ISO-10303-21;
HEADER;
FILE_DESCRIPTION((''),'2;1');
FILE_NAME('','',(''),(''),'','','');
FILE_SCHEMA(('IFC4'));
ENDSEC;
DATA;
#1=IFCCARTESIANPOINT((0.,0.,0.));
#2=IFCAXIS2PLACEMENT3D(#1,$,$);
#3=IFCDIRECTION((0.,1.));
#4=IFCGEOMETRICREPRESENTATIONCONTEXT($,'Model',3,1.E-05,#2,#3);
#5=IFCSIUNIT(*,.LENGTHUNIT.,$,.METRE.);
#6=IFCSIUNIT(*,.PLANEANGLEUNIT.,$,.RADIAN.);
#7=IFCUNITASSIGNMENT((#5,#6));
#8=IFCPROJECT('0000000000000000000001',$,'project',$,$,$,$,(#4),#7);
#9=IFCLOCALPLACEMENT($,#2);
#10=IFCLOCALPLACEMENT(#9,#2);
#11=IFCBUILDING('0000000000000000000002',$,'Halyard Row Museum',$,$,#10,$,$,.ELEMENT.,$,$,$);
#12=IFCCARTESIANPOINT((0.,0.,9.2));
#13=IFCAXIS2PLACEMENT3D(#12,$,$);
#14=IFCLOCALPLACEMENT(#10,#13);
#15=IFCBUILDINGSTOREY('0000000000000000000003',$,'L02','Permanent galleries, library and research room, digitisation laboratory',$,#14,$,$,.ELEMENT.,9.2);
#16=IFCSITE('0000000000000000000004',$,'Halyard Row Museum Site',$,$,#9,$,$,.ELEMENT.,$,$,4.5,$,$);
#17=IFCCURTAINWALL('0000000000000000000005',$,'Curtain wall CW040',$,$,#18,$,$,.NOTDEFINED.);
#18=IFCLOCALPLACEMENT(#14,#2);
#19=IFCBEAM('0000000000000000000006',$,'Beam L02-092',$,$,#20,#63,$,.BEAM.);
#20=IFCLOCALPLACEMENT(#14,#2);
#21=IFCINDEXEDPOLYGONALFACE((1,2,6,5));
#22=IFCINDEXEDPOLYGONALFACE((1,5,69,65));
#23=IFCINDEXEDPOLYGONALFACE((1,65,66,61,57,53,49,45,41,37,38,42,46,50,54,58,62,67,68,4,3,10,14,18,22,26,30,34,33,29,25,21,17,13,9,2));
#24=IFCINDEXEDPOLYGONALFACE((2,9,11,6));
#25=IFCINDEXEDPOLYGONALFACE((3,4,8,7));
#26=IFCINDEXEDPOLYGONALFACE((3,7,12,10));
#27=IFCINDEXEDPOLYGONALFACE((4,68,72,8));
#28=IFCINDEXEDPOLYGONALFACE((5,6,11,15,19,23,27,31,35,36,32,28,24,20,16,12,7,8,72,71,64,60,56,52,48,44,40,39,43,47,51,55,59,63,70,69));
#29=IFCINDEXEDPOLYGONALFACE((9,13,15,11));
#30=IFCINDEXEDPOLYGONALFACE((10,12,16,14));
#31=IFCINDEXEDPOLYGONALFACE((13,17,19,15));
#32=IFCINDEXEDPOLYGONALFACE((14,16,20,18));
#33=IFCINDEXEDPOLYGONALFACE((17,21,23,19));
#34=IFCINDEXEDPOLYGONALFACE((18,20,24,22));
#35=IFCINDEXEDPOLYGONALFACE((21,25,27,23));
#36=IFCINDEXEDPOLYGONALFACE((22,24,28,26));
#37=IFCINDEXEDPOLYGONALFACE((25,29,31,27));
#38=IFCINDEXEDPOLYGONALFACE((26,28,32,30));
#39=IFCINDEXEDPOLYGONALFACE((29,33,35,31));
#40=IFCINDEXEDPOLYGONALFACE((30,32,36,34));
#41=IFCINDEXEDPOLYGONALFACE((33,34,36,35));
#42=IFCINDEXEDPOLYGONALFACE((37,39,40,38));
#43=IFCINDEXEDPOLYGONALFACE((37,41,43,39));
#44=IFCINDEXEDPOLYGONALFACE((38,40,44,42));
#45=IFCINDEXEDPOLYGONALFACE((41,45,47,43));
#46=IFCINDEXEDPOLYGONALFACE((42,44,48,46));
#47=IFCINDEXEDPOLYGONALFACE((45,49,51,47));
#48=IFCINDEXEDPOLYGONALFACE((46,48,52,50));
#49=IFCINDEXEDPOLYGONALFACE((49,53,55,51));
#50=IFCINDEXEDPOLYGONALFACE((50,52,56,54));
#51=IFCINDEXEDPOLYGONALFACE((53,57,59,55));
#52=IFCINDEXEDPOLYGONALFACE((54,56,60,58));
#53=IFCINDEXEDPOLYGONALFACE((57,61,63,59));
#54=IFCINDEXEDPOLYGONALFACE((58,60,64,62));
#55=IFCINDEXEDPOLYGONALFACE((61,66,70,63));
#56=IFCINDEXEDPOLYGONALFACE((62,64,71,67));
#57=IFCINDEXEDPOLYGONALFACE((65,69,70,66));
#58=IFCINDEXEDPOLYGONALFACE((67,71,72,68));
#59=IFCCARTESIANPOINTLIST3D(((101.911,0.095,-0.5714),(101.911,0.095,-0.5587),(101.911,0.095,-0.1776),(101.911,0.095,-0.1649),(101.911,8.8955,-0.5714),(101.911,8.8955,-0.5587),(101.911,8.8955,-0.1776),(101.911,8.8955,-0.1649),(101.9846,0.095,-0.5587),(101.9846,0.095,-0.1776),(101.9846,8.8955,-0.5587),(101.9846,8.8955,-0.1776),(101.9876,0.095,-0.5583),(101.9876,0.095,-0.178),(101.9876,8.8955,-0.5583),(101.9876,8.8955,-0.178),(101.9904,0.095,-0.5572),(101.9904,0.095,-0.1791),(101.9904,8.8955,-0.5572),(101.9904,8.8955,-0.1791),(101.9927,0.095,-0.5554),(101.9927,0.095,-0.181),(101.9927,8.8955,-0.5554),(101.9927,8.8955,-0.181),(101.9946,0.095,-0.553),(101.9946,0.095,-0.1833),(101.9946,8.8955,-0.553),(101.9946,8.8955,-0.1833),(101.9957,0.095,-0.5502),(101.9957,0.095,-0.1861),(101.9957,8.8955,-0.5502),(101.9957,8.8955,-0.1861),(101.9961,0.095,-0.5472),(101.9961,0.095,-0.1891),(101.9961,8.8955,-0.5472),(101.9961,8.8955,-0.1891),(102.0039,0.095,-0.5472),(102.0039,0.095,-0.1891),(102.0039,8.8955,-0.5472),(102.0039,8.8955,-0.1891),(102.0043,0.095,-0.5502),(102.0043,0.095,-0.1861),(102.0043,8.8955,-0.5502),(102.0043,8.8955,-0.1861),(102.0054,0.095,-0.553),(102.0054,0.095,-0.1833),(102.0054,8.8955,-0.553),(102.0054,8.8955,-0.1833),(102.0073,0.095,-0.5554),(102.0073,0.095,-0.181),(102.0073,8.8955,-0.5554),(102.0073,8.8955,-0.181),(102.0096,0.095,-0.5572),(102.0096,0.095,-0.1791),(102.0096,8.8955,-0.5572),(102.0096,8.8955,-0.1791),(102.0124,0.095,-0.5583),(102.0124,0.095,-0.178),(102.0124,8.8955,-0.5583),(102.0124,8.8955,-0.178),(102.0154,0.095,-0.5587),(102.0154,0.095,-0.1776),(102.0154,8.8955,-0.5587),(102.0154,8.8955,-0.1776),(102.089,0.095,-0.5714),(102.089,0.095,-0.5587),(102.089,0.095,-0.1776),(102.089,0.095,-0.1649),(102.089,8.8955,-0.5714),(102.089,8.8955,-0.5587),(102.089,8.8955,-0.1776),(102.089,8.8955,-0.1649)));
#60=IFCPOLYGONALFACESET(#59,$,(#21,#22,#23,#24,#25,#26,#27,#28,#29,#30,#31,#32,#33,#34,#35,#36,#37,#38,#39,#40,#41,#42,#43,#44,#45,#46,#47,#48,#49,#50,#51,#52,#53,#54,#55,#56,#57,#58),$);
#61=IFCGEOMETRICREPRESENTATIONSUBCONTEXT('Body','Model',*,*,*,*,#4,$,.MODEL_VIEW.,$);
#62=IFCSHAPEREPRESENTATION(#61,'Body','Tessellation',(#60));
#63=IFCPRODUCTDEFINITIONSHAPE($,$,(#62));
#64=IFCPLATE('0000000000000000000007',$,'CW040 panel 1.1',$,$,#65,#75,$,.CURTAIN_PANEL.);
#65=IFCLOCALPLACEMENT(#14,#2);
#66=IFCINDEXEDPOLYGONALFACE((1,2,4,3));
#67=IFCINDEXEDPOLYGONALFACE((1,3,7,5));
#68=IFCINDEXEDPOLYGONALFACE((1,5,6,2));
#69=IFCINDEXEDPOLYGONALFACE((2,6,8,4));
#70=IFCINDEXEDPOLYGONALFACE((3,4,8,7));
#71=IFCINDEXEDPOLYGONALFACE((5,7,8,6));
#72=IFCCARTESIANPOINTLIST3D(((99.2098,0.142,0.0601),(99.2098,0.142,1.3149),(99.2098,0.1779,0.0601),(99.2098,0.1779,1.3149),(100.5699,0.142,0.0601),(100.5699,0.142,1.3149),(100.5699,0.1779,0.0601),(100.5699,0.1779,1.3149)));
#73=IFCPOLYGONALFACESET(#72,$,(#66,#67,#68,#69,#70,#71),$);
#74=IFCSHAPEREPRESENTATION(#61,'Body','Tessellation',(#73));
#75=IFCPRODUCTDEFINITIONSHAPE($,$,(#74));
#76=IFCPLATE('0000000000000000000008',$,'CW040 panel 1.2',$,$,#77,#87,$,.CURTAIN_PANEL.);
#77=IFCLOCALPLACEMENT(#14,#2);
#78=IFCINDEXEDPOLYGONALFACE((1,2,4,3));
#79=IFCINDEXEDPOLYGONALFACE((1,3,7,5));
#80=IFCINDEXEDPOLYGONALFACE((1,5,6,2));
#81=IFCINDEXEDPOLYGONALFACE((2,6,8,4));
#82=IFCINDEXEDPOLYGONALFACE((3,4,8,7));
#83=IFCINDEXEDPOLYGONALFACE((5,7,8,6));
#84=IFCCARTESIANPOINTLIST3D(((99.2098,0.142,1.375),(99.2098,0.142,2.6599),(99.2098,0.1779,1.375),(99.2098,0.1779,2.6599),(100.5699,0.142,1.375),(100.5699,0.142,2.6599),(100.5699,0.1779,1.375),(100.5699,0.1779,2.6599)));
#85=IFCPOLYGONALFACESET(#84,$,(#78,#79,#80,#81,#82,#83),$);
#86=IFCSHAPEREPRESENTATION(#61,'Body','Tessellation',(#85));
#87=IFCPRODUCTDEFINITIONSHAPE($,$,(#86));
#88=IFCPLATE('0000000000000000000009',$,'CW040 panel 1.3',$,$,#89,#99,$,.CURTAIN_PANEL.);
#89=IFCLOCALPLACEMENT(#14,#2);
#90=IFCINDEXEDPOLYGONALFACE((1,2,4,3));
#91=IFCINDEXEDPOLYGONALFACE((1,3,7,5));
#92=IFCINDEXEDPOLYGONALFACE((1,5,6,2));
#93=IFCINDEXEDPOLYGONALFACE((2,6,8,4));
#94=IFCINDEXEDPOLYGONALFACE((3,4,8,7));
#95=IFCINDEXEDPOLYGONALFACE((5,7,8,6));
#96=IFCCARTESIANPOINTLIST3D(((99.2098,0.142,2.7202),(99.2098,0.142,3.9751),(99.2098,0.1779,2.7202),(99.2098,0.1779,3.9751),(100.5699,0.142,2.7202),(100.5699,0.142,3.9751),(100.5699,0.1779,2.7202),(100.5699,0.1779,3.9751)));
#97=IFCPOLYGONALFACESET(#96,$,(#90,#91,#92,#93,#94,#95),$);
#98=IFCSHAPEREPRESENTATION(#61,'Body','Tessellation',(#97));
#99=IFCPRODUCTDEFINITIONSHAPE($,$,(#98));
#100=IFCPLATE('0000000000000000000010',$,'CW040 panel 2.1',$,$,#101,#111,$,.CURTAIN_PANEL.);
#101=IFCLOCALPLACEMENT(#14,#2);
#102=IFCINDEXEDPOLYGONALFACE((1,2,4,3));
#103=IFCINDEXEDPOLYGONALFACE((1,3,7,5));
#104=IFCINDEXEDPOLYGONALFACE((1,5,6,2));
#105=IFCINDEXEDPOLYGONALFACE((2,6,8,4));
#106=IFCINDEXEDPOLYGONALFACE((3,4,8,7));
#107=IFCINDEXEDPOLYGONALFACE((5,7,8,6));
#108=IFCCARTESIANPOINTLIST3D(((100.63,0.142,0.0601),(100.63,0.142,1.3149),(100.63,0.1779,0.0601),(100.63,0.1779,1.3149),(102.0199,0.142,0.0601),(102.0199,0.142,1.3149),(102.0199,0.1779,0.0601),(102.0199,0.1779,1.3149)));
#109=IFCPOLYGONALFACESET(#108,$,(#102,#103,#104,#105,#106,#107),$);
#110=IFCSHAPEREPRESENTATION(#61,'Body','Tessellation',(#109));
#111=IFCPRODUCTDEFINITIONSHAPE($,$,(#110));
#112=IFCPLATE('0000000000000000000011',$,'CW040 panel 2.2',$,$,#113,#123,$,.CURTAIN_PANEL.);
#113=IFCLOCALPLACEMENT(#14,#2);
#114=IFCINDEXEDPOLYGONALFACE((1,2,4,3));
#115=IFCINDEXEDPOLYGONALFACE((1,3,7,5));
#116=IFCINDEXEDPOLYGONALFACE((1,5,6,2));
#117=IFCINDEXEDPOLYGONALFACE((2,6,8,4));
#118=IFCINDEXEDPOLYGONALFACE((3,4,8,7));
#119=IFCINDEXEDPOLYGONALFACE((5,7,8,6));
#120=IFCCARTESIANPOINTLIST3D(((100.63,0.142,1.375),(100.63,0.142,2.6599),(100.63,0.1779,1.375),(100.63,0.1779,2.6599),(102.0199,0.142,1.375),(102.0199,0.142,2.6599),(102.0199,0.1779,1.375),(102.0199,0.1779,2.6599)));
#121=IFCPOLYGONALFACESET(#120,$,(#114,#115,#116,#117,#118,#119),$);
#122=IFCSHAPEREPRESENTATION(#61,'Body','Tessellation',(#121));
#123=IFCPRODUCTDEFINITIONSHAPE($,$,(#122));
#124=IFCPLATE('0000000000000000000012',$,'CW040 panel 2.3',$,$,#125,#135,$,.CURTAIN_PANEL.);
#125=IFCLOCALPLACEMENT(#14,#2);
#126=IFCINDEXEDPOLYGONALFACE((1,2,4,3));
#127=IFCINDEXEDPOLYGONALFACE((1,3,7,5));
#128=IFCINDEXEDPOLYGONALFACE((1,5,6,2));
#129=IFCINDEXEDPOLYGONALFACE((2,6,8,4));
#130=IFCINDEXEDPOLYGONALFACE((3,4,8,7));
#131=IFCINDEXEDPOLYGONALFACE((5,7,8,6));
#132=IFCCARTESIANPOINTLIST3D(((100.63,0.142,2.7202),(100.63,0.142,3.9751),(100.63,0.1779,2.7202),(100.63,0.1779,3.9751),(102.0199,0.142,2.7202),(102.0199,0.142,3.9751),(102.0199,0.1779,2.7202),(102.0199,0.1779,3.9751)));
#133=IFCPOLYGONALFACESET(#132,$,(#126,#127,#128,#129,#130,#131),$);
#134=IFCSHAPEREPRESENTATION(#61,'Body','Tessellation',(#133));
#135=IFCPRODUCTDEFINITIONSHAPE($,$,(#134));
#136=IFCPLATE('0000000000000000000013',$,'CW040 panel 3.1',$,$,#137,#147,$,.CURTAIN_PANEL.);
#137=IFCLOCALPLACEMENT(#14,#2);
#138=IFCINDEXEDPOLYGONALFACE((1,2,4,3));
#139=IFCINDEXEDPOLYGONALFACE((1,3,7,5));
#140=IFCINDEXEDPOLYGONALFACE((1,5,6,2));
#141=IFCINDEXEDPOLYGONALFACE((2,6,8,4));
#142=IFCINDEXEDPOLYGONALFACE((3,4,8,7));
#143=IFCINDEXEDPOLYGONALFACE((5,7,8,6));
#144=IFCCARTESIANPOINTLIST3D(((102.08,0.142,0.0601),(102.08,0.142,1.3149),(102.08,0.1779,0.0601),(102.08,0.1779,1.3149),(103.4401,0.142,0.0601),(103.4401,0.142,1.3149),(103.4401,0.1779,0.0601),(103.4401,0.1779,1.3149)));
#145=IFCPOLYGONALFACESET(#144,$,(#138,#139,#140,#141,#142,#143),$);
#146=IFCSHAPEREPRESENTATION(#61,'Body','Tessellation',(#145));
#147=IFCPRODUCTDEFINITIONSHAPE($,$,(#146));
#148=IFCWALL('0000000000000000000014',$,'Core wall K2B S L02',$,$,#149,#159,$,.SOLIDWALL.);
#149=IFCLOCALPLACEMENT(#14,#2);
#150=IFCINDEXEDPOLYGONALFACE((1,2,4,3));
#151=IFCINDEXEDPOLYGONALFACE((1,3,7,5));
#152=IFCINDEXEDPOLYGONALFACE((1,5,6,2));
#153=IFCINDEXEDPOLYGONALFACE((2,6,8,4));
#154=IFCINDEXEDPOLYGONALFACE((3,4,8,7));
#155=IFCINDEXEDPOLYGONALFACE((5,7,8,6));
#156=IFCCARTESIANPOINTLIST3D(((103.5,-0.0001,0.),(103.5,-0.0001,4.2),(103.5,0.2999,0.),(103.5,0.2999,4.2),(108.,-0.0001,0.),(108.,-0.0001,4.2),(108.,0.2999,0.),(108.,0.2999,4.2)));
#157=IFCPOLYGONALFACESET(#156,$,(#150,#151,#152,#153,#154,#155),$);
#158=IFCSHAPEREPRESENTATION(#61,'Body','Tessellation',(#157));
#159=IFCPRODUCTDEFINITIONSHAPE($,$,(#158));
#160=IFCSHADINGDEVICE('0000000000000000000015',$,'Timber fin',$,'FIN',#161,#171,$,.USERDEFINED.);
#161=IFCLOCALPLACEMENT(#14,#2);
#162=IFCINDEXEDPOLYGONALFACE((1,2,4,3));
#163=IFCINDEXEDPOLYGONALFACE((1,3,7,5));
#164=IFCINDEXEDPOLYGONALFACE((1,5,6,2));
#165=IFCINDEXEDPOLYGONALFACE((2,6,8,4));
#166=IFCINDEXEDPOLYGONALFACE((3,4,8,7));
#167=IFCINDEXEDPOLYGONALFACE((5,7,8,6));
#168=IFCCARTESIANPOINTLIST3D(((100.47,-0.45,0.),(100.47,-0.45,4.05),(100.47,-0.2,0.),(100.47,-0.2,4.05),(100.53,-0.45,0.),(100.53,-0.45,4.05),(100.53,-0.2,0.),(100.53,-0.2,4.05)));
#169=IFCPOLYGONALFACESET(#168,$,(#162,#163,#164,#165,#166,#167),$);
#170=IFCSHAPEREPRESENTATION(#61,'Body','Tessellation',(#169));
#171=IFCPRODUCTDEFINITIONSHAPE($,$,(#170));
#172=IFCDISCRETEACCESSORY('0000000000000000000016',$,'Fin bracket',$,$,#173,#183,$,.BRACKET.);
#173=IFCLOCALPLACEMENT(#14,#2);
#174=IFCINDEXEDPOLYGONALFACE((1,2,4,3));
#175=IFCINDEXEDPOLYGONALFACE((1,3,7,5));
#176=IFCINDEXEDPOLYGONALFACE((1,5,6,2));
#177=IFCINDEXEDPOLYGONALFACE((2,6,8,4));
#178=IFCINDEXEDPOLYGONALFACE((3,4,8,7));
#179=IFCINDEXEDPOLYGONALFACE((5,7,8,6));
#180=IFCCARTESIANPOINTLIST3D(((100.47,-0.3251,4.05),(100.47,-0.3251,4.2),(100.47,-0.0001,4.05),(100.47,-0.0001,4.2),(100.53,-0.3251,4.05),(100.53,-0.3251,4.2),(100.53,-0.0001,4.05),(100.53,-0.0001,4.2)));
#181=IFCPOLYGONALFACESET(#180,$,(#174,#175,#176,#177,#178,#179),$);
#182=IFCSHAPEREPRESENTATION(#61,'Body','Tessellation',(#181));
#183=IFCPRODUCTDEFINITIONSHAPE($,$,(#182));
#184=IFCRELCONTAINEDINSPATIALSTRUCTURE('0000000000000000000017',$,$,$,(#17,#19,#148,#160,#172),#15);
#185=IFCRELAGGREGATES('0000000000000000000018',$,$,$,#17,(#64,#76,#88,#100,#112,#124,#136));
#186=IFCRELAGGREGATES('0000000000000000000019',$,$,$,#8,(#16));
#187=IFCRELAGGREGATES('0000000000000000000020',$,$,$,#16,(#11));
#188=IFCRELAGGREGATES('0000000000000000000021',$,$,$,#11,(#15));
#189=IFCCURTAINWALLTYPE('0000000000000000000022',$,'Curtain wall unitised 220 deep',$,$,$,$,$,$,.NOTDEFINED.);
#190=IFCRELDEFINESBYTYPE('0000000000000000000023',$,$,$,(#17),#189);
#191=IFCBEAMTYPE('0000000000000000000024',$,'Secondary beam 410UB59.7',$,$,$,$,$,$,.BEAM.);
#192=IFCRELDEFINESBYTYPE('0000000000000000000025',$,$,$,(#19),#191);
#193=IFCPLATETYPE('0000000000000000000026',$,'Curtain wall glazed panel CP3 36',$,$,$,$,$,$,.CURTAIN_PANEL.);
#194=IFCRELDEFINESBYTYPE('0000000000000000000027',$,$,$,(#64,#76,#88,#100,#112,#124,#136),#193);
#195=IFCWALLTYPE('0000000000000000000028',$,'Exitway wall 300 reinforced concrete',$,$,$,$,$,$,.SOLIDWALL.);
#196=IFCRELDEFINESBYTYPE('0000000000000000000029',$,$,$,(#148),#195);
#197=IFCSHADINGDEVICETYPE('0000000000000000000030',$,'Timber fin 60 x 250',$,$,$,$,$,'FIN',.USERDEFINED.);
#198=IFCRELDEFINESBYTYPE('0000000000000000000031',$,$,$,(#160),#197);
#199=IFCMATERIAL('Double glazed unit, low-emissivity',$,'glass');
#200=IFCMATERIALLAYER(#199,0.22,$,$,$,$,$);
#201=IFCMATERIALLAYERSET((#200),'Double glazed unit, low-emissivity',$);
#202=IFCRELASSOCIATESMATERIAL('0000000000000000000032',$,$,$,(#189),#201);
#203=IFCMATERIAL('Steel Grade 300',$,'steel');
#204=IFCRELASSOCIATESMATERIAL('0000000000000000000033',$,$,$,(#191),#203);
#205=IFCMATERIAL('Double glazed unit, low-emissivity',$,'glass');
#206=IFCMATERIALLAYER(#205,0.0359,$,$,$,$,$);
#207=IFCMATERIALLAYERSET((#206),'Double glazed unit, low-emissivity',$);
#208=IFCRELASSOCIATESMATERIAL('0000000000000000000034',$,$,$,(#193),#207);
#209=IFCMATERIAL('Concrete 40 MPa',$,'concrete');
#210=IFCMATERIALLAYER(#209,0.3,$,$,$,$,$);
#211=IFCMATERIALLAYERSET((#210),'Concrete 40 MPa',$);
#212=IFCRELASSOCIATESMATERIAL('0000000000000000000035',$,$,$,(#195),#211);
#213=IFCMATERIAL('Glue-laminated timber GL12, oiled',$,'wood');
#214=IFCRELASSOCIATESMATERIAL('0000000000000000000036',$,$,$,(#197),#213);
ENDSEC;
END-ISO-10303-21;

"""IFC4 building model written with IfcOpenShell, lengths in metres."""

from ifc_helpers import new_model, si_unit, direction, frame, frame_2d, origin, origin_2d, place, context, subcontext, project, spatial, rectangle, i_section, extrude, material, layer, layer_set, material_profile, profile_set, type_object, element, aggregate, save


model = new_model("IFC4")

# Units and contexts
model_context = context("Model", 3, precision=1e-05, world=origin(), true_north=direction((0.0, 1.0)))
body_context = subcontext(model_context, "Body", "Model", "MODEL_VIEW")
ifc_project = project(units=[si_unit("LENGTHUNIT", "METRE"), si_unit("PLANEANGLEUNIT", "RADIAN")], contexts=[model_context])

# Site, building, storey
site_placement = place(None, origin())
site = spatial("IfcSite", under=ifc_project, at=site_placement, Name="Halyard Row Museum Site", CompositionType="ELEMENT", RefElevation=4.5)
building_placement = place(site_placement, origin())
building = spatial("IfcBuilding", under=site, at=building_placement, Name="Halyard Row Museum", CompositionType="ELEMENT")
storey_placement = place(building_placement, frame((0.0, 0.0, 9.2)))
storey = spatial("IfcBuildingStorey", under=building, at=storey_placement, Name="L02", Description="Permanent galleries, library and research room, digitisation laboratory", CompositionType="ELEMENT", Elevation=9.2)

# Curtain wall
ifc_material_1 = material(Name="Double glazed unit, low-emissivity", Category="glass")
ifc_layer_1 = layer(ifc_material_1, 0.22)
ifc_layer_set_1 = layer_set([ifc_layer_1], Name="Double glazed unit, low-emissivity")
curtain_wall_type = type_object("IfcCurtainWallType", Name="Curtain wall unitised 220 deep", PredefinedType="NOTDEFINED", material=ifc_layer_set_1)
curtain_wall_placement = place(storey_placement, origin())
curtain_wall = element("IfcCurtainWall", 1, at=curtain_wall_placement, inside=storey, type_object=curtain_wall_type, Name="Curtain wall CW040", PredefinedType="NOTDEFINED")

# Beam
ifc_material_2 = material(Name="Steel Grade 300", Category="steel")
ifc_material_profile_1 = material_profile(ifc_material_2, i_section(OverallWidth=0.178, OverallDepth=0.4065, WebThickness=0.0078, FlangeThickness=0.0127, FilletRadius=0.0115, at=origin_2d()), Name="410UB59.7")
ifc_profile_set_1 = profile_set([ifc_material_profile_1], Name="Steel Grade 300")
beam_type = type_object("IfcBeamType", Name="Secondary beam 410UB59.7", PredefinedType="BEAM", material=ifc_profile_set_1)
beam_placement = place(storey_placement, frame((102.0, 0.095, -0.3682), z_axis=(0.0, 1.0, 0.0), x_axis=(-1.0, 0.0, 0.0)))
element("IfcBeam", 2, at=beam_placement, inside=storey, type_object=beam_type, Name="Beam L02-092", PredefinedType="BEAM", context=body_context, shape_type="SweptSolid", body=[
    extrude(i_section(OverallWidth=0.178, OverallDepth=0.4065, WebThickness=0.0078, FlangeThickness=0.0127, FilletRadius=0.0115, at=origin_2d()), origin(), (0.0, 0.0, 1.0), 8.8005),
])

# Plates
ifc_material_3 = material(Name="Double glazed unit, low-emissivity", Category="glass")
ifc_layer_2 = layer(ifc_material_3, 0.0359)
ifc_layer_set_2 = layer_set([ifc_layer_2], Name="Double glazed unit, low-emissivity")
plate_type = type_object("IfcPlateType", Name="Curtain wall glazed panel CP3 36", PredefinedType="CURTAIN_PANEL", material=ifc_layer_set_2)
plate_1_placement = place(storey_placement, frame((99.8899, 0.1599, 0.0601), z_axis=(0.0, 0.0, 1.0), x_axis=(1.0, 0.0, 0.0)))
plate_1 = element("IfcPlate", 3, at=plate_1_placement, type_object=plate_type, Name="CW040 panel 1.1", PredefinedType="CURTAIN_PANEL", context=body_context, shape_type="SweptSolid", body=[
    extrude(rectangle(XDim=1.3601, YDim=0.0359, at=origin_2d()), origin(), (0.0, 0.0, 1.0), 1.2549),
])
plate_2_placement = place(storey_placement, frame((99.8899, 0.1599, 1.375), z_axis=(0.0, 0.0, 1.0), x_axis=(1.0, 0.0, 0.0)))
plate_2 = element("IfcPlate", 4, at=plate_2_placement, type_object=plate_type, Name="CW040 panel 1.2", PredefinedType="CURTAIN_PANEL", context=body_context, shape_type="SweptSolid", body=[
    extrude(rectangle(XDim=1.3601, YDim=0.0359, at=origin_2d()), origin(), (0.0, 0.0, 1.0), 1.2849),
])
plate_3_placement = place(storey_placement, frame((99.8899, 0.1599, 2.7202), z_axis=(0.0, 0.0, 1.0), x_axis=(1.0, 0.0, 0.0)))
plate_3 = element("IfcPlate", 5, at=plate_3_placement, type_object=plate_type, Name="CW040 panel 1.3", PredefinedType="CURTAIN_PANEL", context=body_context, shape_type="SweptSolid", body=[
    extrude(rectangle(XDim=1.3601, YDim=0.0359, at=origin_2d()), origin(), (0.0, 0.0, 1.0), 1.2549),
])
plate_4_placement = place(storey_placement, frame((101.325, 0.1599, 0.0601), z_axis=(0.0, 0.0, 1.0), x_axis=(1.0, 0.0, 0.0)))
plate_4 = element("IfcPlate", 6, at=plate_4_placement, type_object=plate_type, Name="CW040 panel 2.1", PredefinedType="CURTAIN_PANEL", context=body_context, shape_type="SweptSolid", body=[
    extrude(rectangle(XDim=1.3899, YDim=0.0359, at=origin_2d()), origin(), (0.0, 0.0, 1.0), 1.2549),
])
plate_5_placement = place(storey_placement, frame((101.325, 0.1599, 1.375), z_axis=(0.0, 0.0, 1.0), x_axis=(1.0, 0.0, 0.0)))
plate_5 = element("IfcPlate", 7, at=plate_5_placement, type_object=plate_type, Name="CW040 panel 2.2", PredefinedType="CURTAIN_PANEL", context=body_context, shape_type="SweptSolid", body=[
    extrude(rectangle(XDim=1.3899, YDim=0.0359, at=origin_2d()), origin(), (0.0, 0.0, 1.0), 1.2849),
])
plate_6_placement = place(storey_placement, frame((101.325, 0.1599, 2.7202), z_axis=(0.0, 0.0, 1.0), x_axis=(1.0, 0.0, 0.0)))
plate_6 = element("IfcPlate", 8, at=plate_6_placement, type_object=plate_type, Name="CW040 panel 2.3", PredefinedType="CURTAIN_PANEL", context=body_context, shape_type="SweptSolid", body=[
    extrude(rectangle(XDim=1.3899, YDim=0.0359, at=origin_2d()), origin(), (0.0, 0.0, 1.0), 1.2549),
])
plate_7_placement = place(storey_placement, frame((102.76, 0.1599, 0.0601), z_axis=(0.0, 0.0, 1.0), x_axis=(1.0, 0.0, 0.0)))
plate_7 = element("IfcPlate", 9, at=plate_7_placement, type_object=plate_type, Name="CW040 panel 3.1", PredefinedType="CURTAIN_PANEL", context=body_context, shape_type="SweptSolid", body=[
    extrude(rectangle(XDim=1.3601, YDim=0.0359, at=origin_2d()), origin(), (0.0, 0.0, 1.0), 1.2549),
])
aggregate(curtain_wall, [plate_1, plate_2, plate_3, plate_4, plate_5, plate_6, plate_7])

# Wall
ifc_material_4 = material(Name="Concrete 40 MPa", Category="concrete")
ifc_layer_3 = layer(ifc_material_4, 0.3)
ifc_layer_set_3 = layer_set([ifc_layer_3], Name="Concrete 40 MPa")
wall_type = type_object("IfcWallType", Name="Exitway wall 300 reinforced concrete", PredefinedType="SOLIDWALL", material=ifc_layer_set_3)
wall_placement = place(storey_placement, frame((103.5, 0.1499, 0.0), z_axis=(0.0, 0.0, 1.0), x_axis=(1.0, 0.0, 0.0)))
element("IfcWall", 10, at=wall_placement, inside=storey, type_object=wall_type, Name="Core wall K2B S L02", PredefinedType="SOLIDWALL", context=body_context, shape_type="SweptSolid", body=[
    extrude(rectangle(XDim=4.5, YDim=0.3, at=frame_2d((2.25, 0.0))), origin(), (0.0, 0.0, 1.0), 4.2),
])

# Shading device
ifc_material_5 = material(Name="Glue-laminated timber GL12, oiled", Category="wood")
shading_device_type = type_object("IfcShadingDeviceType", Name="Timber fin 60 x 250", ElementType="FIN", PredefinedType="USERDEFINED", material=ifc_material_5)
shading_device_placement = place(storey_placement, frame((100.5, -0.325, 0.0), z_axis=(0.0, 0.0, 1.0), x_axis=(1.0, 0.0, 0.0)))
element("IfcShadingDevice", 11, at=shading_device_placement, inside=storey, type_object=shading_device_type, Name="Timber fin", ObjectType="FIN", PredefinedType="USERDEFINED", context=body_context, shape_type="SweptSolid", body=[
    extrude(rectangle(XDim=0.0601, YDim=0.25, at=origin_2d()), origin(), (0.0, 0.0, 1.0), 4.05),
])

# Discrete accessory
discrete_accessory_placement = place(storey_placement, frame((100.5, -0.1626, 4.05), z_axis=(0.0, 0.0, 1.0), x_axis=(1.0, 0.0, 0.0)))
element("IfcDiscreteAccessory", 12, at=discrete_accessory_placement, inside=storey, Name="Fin bracket", PredefinedType="BRACKET", context=body_context, shape_type="SweptSolid", body=[
    extrude(rectangle(XDim=0.0601, YDim=0.325, at=origin_2d()), origin(), (0.0, 0.0, 1.0), 0.1499),
])

save(model, "model.ifc")
